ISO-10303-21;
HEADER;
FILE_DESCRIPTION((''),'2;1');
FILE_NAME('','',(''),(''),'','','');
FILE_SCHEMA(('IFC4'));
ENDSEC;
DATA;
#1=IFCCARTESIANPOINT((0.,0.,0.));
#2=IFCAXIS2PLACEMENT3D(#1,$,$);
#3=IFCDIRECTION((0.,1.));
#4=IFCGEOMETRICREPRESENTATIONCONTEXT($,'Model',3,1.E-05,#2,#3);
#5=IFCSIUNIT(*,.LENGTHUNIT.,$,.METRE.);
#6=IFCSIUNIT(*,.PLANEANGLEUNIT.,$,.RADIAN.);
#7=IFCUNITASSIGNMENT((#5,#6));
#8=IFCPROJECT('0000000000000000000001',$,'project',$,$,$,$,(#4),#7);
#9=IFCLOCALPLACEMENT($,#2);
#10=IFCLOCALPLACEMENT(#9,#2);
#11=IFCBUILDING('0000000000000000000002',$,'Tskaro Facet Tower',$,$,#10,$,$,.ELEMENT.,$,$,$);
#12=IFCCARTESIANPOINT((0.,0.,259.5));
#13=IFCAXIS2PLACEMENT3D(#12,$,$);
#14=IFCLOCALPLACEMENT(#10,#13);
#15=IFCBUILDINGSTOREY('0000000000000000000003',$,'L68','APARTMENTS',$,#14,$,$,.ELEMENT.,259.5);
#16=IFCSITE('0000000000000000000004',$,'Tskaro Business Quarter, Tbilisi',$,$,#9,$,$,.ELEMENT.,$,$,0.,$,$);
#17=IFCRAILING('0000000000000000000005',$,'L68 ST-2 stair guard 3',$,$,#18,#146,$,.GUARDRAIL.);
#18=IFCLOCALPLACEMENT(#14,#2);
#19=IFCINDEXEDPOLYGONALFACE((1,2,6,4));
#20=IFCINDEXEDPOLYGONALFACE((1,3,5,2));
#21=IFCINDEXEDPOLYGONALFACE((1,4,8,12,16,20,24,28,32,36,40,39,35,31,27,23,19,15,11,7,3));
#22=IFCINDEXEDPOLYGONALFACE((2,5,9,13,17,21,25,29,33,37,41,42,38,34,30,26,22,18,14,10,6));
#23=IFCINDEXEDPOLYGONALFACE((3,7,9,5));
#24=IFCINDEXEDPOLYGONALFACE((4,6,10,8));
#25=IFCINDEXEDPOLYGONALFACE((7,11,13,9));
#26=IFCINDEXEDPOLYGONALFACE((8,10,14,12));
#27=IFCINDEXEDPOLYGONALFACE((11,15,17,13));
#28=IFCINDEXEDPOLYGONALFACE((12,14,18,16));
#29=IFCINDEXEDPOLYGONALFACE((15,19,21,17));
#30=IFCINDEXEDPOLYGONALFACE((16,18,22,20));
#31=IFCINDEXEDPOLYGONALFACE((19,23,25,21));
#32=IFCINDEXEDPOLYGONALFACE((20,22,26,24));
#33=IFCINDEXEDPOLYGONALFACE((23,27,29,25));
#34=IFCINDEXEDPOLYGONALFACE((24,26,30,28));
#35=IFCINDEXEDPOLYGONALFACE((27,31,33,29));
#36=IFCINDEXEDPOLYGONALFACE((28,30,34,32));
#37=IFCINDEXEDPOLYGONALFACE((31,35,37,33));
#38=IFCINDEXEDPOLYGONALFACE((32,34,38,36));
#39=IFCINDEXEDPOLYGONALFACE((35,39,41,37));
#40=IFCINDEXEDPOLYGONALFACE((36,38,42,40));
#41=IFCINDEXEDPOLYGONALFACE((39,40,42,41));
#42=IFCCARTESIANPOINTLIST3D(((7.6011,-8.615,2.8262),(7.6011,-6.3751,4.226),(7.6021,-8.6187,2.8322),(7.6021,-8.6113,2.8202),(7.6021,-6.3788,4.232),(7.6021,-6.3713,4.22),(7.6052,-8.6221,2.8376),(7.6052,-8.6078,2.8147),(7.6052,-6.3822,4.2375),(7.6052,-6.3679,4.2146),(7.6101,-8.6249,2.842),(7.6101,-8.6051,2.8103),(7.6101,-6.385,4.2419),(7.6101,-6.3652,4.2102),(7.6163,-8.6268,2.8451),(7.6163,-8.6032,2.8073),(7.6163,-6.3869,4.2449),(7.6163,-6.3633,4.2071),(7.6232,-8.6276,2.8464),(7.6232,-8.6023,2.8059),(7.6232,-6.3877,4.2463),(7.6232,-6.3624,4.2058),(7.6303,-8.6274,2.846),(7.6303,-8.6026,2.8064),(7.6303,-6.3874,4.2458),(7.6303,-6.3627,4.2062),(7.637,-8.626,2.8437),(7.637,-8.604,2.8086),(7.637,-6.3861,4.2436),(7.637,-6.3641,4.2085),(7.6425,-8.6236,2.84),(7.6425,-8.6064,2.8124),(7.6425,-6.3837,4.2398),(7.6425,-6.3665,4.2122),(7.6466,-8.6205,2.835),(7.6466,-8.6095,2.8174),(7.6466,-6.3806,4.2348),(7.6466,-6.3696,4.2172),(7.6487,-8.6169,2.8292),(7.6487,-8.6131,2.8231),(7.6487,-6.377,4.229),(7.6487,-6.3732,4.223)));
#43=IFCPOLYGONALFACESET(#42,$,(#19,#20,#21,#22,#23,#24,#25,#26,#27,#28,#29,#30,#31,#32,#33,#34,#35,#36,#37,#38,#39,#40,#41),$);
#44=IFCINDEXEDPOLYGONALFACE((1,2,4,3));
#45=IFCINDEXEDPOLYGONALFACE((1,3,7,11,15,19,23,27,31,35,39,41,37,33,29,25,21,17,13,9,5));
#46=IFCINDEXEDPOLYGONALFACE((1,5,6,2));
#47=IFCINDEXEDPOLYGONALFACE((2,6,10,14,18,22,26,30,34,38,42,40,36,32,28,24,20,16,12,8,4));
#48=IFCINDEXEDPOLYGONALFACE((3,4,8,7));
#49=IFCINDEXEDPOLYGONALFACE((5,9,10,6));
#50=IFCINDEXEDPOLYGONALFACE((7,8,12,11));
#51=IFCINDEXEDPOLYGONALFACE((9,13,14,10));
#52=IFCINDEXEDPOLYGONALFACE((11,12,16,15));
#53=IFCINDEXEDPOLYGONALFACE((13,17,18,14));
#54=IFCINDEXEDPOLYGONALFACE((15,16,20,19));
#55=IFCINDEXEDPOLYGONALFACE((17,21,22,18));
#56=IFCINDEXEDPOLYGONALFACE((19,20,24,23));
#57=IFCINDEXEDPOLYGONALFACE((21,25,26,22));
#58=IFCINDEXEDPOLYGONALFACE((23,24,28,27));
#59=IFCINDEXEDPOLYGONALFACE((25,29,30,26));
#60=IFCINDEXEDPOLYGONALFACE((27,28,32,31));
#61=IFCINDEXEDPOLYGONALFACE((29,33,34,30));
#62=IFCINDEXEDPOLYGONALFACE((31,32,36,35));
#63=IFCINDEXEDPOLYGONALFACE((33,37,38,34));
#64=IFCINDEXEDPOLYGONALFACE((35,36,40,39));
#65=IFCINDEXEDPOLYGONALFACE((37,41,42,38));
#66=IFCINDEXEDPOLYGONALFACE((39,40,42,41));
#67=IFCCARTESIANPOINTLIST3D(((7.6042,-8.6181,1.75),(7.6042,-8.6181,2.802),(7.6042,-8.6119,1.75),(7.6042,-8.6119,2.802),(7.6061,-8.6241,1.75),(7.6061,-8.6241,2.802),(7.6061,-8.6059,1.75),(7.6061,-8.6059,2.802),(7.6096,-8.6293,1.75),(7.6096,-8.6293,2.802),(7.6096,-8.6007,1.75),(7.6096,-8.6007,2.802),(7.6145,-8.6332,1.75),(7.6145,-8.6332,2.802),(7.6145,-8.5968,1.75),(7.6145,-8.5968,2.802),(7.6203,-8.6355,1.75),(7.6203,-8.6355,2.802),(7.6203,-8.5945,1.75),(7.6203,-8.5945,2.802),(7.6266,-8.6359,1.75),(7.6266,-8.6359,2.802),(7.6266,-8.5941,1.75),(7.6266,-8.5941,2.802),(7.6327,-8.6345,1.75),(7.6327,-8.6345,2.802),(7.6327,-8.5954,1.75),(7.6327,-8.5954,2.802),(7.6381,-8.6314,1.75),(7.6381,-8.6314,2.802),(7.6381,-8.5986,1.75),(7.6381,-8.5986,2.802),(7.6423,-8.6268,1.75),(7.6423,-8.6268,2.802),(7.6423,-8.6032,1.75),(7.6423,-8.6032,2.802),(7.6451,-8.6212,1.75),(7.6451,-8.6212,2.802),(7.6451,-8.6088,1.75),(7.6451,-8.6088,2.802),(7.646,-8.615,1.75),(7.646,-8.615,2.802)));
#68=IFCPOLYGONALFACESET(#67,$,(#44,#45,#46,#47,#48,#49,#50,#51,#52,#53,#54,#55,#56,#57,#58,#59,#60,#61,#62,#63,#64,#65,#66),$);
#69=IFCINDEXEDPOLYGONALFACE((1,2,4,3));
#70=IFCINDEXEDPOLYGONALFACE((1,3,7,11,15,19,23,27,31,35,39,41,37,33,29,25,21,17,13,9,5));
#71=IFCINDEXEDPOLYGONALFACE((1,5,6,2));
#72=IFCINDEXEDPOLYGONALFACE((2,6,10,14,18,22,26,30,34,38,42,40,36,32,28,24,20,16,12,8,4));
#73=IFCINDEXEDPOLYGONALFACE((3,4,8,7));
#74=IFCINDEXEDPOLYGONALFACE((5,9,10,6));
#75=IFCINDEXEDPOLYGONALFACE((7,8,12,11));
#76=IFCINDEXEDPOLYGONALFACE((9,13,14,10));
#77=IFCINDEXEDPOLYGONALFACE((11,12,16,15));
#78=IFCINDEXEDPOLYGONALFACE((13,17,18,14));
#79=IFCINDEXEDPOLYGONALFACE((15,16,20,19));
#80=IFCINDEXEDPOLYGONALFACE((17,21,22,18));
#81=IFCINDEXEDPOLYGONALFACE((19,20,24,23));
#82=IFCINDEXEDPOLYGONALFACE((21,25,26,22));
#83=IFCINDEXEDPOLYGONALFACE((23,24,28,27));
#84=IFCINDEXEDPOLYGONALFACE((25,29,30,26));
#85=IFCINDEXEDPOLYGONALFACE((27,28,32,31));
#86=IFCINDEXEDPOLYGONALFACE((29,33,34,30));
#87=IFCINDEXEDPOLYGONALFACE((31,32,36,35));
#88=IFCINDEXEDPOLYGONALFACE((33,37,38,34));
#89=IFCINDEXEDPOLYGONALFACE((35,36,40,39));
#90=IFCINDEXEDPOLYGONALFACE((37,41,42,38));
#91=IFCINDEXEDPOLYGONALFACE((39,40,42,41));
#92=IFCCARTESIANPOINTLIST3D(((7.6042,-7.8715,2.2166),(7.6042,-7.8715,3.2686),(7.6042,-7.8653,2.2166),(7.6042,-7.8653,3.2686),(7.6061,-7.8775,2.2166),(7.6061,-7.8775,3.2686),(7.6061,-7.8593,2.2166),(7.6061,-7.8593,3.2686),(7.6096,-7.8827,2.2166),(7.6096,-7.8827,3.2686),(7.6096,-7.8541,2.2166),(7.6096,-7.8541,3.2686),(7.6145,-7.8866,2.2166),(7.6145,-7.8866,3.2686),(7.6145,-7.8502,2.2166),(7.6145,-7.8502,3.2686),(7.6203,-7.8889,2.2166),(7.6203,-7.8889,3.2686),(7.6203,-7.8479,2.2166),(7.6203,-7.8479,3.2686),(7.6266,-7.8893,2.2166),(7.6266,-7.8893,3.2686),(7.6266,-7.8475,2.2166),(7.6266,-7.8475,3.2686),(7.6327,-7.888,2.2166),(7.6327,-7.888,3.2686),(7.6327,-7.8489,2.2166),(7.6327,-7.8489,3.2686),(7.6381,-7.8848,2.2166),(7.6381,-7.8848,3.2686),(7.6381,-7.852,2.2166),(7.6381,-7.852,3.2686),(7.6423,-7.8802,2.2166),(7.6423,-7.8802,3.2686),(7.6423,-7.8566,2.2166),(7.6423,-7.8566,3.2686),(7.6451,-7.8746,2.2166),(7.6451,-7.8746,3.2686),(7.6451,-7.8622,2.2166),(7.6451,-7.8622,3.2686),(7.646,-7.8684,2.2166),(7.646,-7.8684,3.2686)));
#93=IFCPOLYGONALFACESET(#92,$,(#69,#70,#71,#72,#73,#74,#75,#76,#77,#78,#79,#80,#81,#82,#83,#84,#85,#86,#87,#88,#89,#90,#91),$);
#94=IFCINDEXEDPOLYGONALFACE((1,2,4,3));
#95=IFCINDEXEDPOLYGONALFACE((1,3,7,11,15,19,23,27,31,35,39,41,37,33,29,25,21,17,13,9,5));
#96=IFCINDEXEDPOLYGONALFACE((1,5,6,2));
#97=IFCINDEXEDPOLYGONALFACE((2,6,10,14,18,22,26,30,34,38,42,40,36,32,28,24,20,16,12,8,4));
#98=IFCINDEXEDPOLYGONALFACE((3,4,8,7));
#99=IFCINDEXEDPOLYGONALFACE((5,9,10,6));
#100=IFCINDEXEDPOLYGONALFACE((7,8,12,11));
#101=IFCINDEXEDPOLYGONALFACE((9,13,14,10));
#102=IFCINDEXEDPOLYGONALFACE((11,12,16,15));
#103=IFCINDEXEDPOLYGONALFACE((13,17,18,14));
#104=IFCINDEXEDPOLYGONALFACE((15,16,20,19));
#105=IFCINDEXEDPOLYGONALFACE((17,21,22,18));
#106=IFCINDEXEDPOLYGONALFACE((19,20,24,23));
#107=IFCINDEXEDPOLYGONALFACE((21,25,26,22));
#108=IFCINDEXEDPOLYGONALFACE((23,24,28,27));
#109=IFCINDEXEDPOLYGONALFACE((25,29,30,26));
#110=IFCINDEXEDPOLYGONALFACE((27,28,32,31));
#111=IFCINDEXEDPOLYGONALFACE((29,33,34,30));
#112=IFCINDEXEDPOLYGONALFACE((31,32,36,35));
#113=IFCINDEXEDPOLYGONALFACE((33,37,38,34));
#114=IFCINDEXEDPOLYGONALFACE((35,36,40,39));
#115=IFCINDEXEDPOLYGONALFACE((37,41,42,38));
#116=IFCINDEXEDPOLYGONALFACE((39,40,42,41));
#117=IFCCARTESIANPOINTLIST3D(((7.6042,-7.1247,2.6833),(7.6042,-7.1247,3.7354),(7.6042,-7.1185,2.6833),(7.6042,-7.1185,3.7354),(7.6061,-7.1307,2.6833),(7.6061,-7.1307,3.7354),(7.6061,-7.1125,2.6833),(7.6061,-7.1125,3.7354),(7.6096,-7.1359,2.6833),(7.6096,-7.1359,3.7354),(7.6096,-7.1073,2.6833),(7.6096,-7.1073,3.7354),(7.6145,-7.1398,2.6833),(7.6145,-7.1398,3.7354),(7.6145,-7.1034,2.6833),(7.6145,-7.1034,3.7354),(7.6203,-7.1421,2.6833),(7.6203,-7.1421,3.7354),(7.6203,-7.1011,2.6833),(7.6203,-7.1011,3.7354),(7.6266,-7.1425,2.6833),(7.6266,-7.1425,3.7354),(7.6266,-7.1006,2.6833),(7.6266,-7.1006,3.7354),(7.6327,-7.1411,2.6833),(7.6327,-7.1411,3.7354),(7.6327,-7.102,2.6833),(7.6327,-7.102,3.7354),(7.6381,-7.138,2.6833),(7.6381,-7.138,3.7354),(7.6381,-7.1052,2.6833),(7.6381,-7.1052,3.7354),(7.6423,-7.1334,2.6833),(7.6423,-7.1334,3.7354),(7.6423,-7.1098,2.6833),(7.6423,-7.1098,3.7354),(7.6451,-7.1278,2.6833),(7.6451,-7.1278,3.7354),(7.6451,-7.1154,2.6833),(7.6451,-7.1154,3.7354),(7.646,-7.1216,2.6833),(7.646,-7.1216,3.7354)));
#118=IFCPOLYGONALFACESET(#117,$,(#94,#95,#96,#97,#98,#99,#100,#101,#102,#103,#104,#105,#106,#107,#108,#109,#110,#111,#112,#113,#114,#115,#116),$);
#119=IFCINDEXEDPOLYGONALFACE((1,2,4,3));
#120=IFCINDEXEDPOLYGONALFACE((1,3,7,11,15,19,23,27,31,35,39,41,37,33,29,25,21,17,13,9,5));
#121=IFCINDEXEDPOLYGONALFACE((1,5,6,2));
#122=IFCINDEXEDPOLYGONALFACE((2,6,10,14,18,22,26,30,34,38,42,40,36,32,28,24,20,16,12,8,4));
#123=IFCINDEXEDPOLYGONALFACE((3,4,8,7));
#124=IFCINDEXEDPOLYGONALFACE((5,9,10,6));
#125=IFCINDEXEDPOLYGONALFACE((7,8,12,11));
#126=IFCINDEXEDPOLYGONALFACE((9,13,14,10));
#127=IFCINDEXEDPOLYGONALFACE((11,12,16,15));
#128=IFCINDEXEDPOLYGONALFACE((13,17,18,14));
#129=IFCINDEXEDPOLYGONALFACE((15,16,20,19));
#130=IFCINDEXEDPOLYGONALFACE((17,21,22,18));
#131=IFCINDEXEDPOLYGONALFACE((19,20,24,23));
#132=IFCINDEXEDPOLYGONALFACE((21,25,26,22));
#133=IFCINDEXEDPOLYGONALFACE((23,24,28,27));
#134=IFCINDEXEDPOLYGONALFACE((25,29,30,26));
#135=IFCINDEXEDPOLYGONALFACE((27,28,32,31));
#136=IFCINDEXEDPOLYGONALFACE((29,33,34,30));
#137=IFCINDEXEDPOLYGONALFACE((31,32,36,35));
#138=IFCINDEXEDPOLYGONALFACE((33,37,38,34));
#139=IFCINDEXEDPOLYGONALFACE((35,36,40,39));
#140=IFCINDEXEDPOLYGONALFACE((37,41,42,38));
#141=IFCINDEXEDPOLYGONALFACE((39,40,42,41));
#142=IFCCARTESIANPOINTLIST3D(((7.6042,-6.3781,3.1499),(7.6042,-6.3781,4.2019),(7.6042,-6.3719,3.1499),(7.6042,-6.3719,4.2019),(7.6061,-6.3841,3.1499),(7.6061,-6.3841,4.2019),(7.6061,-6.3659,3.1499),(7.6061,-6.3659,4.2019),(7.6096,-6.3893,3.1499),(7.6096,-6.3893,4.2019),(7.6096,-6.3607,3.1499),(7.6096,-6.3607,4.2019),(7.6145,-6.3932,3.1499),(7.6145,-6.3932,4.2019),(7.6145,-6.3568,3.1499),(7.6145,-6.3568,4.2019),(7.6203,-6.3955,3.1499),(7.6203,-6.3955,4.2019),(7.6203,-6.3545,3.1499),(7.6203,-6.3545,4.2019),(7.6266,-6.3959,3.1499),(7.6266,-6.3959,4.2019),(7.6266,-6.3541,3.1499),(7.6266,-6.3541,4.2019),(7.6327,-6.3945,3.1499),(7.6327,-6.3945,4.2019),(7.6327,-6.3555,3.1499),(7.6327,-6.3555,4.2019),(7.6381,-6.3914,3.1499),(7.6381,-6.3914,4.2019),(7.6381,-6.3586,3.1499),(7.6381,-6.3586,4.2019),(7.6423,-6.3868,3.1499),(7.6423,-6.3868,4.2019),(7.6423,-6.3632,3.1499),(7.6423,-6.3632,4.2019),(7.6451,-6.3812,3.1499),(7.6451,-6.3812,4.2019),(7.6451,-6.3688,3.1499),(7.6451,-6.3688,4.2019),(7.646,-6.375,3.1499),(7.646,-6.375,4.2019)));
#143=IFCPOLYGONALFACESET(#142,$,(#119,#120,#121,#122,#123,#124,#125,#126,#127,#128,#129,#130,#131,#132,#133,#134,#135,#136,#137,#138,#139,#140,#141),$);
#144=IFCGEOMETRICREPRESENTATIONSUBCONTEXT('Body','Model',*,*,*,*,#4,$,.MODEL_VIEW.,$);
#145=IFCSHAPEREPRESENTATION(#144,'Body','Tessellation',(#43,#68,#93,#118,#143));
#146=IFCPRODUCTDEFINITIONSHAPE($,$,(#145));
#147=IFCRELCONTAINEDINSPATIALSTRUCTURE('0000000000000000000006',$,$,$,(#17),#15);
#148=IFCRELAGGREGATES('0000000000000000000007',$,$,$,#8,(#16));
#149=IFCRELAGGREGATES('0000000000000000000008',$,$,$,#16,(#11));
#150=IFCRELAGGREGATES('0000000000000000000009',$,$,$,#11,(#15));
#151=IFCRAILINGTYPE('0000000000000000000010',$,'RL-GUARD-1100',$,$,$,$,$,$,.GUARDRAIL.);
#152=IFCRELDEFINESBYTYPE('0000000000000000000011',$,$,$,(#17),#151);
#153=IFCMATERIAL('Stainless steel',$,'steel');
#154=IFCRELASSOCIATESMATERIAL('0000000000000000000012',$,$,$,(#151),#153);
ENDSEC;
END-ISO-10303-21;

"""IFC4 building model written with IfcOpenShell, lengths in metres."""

from ifc_helpers import new_model, si_unit, direction, frame, origin, origin_2d, place, context, subcontext, project, spatial, circle, extrude, material, type_object, element, save


model = new_model("IFC4")

# Units and contexts
model_context = context("Model", 3, precision=1e-05, world=origin(), true_north=direction((0.0, 1.0)))
body_context = subcontext(model_context, "Body", "Model", "MODEL_VIEW")
ifc_project = project(units=[si_unit("LENGTHUNIT", "METRE"), si_unit("PLANEANGLEUNIT", "RADIAN")], contexts=[model_context])

# Site, building, storey
site_placement = place(None, origin())
site = spatial("IfcSite", under=ifc_project, at=site_placement, Name="Tskaro Business Quarter, Tbilisi", CompositionType="ELEMENT", RefElevation=0.0)
building_placement = place(site_placement, origin())
building = spatial("IfcBuilding", under=site, at=building_placement, Name="Tskaro Facet Tower", CompositionType="ELEMENT")
storey_placement = place(building_placement, frame((0.0, 0.0, 259.5)))
storey = spatial("IfcBuildingStorey", under=building, at=storey_placement, Name="L68", Description="APARTMENTS", CompositionType="ELEMENT", Elevation=259.5)

# Railing
ifc_material_1 = material(Name="Stainless steel", Category="steel")
railing_type_1 = type_object("IfcRailingType", Name="RL-GUARD-1100", PredefinedType="GUARDRAIL", material=ifc_material_1)
railing_1_placement = place(storey_placement, frame((7.625, -8.615, 1.75)))
element("IfcRailing", 1, at=railing_1_placement, inside=storey, type_object=railing_type_1, Name="L68 ST-2 stair guard 3", PredefinedType="GUARDRAIL", context=body_context, shape_type="SweptSolid", body=[
    extrude(circle(Radius=0.0239, at=origin_2d()), frame((0.0, 0.0, 1.0762), z_axis=(0.0, 0.848014, 0.529974), x_axis=(-1.0, 0.0, 0.0)), (0.0, 0.0, 1.0), 2.6414),
    extrude(circle(Radius=0.021, at=origin_2d()), origin(), (0.0, 0.0, 1.0), 1.052),
    extrude(circle(Radius=0.021, at=origin_2d()), frame((0.0, 0.7466, 0.4666)), (0.0, 0.0, 1.0), 1.052),
    extrude(circle(Radius=0.021, at=origin_2d()), frame((0.0, 1.4934, 0.9333)), (0.0, 0.0, 1.0), 1.052),
    extrude(circle(Radius=0.021, at=origin_2d()), frame((0.0, 2.24, 1.3999)), (0.0, 0.0, 1.0), 1.052),
])

save(model, "model.ifc")
